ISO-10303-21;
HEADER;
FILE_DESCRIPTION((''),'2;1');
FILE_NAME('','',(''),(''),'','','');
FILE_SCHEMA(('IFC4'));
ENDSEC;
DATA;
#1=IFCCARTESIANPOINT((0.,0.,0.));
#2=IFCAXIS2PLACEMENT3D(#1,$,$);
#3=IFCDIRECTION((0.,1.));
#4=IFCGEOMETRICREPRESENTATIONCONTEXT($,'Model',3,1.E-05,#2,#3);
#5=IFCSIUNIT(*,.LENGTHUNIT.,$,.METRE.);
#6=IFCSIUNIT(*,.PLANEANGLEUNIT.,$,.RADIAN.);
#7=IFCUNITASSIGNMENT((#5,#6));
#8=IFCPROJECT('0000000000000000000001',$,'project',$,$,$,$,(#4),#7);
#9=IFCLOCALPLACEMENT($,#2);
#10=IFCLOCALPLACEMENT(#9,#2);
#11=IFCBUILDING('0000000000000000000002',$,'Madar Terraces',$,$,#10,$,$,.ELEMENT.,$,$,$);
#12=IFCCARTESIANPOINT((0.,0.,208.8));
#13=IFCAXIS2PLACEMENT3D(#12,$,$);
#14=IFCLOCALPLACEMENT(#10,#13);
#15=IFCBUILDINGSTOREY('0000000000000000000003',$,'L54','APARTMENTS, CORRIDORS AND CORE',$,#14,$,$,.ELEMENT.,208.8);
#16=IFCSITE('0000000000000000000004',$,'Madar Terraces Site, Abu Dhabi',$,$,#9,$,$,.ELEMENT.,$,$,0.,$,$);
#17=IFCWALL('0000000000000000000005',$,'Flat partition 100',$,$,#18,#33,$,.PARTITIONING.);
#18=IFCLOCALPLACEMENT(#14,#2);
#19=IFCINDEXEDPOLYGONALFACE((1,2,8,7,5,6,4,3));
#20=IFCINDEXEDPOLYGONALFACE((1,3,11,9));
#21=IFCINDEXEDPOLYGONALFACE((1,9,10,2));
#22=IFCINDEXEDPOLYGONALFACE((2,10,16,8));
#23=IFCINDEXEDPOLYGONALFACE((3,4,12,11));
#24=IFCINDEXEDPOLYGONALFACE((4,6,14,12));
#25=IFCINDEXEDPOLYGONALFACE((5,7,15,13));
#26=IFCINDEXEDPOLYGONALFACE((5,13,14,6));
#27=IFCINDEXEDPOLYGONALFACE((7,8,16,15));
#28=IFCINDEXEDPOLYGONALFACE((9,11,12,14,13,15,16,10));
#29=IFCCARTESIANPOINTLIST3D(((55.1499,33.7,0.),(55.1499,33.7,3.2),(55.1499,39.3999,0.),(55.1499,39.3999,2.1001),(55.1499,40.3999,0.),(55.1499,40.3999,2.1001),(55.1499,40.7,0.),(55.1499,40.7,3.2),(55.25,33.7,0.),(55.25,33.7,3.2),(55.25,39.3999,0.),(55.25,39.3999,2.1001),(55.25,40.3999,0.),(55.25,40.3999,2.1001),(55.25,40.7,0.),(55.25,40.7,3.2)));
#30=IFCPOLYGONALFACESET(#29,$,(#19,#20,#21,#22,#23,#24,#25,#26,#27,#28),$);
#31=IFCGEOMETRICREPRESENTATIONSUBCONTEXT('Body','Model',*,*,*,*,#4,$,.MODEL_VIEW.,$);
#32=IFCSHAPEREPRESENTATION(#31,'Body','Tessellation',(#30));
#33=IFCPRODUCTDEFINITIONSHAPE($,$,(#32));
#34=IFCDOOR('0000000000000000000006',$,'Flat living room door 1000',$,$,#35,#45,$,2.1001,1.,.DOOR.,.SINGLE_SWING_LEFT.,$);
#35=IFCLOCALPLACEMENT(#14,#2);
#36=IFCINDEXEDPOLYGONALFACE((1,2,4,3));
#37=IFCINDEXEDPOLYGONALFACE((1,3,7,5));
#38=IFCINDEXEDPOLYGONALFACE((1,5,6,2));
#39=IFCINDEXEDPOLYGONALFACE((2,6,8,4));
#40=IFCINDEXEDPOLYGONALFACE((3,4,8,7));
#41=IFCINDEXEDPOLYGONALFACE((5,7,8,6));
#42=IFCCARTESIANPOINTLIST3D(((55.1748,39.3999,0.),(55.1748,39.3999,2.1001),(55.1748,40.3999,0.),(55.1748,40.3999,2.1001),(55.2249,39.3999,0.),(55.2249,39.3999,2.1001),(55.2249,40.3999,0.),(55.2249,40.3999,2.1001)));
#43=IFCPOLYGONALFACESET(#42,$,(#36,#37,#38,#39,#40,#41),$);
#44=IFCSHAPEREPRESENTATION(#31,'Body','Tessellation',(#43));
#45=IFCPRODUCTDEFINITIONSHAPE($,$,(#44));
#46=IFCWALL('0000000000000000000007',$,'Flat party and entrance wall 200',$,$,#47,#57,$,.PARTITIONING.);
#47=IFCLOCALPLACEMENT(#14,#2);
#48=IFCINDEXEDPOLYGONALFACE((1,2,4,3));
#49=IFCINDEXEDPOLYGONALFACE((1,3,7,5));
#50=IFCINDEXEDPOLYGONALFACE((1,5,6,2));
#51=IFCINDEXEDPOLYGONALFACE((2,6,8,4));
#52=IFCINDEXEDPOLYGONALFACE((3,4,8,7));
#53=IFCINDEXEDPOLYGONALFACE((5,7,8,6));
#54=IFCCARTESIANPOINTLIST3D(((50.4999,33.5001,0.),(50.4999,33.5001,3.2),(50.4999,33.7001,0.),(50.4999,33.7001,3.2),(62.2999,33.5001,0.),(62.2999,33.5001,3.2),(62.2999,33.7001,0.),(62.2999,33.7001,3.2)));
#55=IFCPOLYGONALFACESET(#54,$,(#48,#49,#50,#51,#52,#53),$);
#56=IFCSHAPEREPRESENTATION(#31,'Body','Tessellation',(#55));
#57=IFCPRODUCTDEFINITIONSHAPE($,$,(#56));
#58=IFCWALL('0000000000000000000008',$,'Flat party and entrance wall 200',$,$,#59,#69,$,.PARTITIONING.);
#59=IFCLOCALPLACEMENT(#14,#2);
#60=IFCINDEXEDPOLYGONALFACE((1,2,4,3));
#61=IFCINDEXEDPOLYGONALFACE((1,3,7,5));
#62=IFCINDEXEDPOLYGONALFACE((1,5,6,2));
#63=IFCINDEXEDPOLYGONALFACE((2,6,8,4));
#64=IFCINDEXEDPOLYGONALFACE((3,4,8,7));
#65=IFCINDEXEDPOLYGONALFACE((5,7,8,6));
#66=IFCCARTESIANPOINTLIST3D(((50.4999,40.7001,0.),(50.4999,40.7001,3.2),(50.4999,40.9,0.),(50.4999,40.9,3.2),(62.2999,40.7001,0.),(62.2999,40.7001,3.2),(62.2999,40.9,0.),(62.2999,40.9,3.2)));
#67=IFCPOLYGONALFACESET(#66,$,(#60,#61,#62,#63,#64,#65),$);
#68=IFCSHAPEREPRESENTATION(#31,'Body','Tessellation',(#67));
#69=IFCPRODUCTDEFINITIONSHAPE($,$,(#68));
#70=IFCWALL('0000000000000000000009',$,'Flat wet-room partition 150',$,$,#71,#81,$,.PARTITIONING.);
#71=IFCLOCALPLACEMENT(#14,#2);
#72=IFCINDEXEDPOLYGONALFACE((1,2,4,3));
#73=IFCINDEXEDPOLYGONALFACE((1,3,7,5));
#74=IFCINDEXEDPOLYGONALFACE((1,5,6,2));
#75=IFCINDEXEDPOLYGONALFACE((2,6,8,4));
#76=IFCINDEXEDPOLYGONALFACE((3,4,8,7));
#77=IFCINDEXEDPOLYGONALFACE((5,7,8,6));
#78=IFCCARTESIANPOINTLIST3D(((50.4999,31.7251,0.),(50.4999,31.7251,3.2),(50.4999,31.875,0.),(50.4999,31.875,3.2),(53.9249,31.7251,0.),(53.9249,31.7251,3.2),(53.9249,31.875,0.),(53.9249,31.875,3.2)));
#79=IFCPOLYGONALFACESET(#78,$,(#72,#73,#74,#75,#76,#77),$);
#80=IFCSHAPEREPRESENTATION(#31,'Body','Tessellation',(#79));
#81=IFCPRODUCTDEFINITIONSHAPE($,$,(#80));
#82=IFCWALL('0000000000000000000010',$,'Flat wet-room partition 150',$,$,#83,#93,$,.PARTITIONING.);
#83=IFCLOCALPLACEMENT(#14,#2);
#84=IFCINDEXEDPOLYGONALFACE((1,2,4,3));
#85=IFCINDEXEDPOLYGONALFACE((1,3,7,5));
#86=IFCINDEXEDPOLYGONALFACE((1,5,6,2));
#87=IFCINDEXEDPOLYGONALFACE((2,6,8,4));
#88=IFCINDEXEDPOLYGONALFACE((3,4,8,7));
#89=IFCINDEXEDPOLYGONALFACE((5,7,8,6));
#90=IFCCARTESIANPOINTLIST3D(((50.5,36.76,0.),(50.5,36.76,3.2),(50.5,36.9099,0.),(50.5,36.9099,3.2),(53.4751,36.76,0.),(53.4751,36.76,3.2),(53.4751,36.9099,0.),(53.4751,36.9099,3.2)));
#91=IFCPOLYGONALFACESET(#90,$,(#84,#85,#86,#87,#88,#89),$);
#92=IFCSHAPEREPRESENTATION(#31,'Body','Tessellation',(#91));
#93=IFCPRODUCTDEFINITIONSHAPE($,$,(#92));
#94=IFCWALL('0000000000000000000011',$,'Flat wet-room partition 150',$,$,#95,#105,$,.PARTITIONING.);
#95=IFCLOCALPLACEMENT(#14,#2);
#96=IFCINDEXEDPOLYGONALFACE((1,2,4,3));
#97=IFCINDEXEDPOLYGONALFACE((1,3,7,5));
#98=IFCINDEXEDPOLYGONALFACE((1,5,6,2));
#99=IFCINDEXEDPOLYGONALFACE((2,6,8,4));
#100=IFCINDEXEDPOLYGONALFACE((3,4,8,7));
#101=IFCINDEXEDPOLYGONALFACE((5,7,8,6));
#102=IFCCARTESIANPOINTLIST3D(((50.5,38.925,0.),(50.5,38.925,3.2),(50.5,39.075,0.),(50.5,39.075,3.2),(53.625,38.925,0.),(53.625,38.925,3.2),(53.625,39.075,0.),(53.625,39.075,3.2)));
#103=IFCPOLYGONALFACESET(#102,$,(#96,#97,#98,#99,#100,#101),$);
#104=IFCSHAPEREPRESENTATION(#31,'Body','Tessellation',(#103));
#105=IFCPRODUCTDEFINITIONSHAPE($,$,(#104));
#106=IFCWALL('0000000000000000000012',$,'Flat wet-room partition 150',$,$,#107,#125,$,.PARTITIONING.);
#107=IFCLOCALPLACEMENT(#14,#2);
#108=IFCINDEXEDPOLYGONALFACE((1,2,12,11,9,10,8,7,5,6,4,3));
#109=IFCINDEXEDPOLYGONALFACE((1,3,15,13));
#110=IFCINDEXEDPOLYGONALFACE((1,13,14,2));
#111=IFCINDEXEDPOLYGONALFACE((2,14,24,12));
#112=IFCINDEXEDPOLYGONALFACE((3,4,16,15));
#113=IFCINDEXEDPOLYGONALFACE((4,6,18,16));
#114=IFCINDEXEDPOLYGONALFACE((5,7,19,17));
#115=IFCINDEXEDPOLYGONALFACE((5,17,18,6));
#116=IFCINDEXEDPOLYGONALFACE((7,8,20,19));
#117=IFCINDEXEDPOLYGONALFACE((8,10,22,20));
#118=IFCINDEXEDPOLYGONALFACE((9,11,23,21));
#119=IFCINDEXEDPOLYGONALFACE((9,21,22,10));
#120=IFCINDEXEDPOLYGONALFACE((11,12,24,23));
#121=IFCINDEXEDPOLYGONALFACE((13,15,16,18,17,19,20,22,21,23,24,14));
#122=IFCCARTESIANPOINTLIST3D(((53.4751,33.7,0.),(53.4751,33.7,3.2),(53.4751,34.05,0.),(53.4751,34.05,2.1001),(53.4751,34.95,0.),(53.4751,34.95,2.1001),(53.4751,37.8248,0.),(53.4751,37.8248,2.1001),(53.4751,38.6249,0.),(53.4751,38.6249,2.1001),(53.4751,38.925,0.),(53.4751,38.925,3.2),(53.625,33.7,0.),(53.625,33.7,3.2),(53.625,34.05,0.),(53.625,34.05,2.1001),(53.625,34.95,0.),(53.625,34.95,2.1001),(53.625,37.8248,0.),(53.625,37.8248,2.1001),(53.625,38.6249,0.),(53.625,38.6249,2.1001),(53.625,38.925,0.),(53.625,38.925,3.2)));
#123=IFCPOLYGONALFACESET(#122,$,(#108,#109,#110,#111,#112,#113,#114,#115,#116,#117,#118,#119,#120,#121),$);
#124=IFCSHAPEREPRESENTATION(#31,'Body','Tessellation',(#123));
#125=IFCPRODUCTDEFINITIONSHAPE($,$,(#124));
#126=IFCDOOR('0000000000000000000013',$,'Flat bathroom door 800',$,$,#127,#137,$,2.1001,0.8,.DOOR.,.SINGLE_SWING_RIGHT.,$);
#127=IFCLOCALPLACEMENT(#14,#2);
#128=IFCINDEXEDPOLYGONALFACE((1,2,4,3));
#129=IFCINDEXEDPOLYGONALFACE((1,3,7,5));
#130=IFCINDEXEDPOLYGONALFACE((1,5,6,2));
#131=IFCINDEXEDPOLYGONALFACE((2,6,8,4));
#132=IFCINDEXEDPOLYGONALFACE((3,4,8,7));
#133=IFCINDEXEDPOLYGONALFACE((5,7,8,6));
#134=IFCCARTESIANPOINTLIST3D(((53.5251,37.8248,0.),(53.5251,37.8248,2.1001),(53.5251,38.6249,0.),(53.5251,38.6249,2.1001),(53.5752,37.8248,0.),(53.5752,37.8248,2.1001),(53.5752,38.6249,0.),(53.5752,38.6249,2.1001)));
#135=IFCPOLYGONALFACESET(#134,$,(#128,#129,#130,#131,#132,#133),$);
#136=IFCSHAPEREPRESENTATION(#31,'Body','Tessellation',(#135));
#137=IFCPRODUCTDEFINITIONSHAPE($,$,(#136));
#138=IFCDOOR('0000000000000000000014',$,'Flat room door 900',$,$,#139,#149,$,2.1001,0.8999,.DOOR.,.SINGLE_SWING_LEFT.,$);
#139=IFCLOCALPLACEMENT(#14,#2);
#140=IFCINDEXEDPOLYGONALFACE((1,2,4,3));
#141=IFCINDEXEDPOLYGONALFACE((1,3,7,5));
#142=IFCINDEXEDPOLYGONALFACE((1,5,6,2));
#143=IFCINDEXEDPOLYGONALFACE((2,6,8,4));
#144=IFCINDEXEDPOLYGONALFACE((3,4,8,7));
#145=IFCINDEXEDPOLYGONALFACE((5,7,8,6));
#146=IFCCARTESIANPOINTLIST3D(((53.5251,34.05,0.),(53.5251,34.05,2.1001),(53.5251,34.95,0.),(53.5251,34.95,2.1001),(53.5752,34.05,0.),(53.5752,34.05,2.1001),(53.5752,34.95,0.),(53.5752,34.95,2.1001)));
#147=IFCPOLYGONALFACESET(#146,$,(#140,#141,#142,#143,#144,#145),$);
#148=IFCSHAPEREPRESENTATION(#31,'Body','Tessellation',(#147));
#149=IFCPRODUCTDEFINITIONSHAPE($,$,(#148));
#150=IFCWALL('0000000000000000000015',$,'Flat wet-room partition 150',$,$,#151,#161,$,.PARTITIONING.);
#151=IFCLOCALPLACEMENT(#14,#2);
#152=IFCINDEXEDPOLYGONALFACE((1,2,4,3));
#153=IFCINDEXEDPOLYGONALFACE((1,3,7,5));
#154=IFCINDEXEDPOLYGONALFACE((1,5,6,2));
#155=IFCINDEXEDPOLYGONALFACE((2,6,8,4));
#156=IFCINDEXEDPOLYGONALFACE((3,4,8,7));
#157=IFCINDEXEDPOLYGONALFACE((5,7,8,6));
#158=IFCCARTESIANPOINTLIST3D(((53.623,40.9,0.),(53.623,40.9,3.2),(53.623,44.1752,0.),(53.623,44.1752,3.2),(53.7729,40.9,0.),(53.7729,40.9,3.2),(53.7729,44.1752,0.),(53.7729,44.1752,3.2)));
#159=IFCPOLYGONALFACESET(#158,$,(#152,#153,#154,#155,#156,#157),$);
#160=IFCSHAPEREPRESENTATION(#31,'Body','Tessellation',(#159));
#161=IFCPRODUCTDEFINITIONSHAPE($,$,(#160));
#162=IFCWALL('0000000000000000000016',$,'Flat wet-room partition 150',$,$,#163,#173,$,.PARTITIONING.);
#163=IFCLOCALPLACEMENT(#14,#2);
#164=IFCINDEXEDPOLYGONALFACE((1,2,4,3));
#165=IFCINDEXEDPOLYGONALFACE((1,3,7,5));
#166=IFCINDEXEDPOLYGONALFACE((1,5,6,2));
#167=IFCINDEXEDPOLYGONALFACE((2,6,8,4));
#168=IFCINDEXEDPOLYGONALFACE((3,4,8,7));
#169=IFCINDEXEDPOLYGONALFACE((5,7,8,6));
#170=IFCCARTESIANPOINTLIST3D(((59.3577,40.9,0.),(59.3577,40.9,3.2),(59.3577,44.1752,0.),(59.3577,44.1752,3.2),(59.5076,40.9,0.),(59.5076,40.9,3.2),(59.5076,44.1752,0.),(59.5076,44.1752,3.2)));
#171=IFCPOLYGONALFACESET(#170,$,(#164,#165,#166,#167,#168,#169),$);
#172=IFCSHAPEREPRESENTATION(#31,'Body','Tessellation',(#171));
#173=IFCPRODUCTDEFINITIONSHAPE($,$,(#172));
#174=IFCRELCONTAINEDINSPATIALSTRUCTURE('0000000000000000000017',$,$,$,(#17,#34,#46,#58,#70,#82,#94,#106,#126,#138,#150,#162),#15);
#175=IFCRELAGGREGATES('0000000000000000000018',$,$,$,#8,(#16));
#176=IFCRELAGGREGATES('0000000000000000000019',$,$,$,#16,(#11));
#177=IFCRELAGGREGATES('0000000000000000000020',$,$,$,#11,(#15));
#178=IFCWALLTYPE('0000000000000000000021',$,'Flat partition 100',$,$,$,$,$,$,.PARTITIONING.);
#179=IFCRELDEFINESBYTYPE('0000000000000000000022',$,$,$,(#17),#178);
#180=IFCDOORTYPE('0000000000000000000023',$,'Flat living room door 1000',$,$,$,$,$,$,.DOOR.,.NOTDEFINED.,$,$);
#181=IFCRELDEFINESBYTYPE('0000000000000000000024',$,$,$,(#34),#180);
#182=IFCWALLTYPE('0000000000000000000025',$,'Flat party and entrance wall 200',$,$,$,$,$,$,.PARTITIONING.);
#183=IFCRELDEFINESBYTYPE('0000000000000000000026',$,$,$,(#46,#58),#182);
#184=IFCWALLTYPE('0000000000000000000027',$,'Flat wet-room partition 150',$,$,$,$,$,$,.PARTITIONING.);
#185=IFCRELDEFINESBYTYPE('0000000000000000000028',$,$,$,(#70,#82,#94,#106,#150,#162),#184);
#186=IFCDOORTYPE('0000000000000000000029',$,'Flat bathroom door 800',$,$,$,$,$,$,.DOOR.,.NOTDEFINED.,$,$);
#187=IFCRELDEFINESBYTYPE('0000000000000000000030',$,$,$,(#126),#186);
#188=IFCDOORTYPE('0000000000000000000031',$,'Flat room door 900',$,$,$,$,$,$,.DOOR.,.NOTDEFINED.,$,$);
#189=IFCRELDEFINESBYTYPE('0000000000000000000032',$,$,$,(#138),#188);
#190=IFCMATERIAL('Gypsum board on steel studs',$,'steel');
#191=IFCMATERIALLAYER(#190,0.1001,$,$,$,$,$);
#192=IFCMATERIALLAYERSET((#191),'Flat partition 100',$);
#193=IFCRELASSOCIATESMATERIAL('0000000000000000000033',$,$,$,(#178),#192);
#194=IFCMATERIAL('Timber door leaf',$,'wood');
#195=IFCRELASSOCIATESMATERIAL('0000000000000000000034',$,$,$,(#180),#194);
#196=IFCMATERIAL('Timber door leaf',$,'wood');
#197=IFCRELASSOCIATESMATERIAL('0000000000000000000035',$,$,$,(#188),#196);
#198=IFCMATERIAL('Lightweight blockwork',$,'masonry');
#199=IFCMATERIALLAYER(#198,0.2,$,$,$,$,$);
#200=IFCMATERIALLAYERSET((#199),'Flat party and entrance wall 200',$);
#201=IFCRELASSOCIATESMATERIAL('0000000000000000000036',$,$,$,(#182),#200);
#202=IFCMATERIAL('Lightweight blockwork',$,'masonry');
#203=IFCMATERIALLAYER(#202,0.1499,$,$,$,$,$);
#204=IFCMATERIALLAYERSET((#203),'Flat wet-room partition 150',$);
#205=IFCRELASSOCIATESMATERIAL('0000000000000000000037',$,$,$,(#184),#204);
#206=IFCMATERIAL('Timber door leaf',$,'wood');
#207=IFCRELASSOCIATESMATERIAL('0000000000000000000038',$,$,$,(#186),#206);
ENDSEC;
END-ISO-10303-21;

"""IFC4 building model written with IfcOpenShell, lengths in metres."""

from ifc_helpers import new_model, si_unit, direction, frame, frame_2d, origin, place, context, subcontext, project, spatial, rectangle, extrude, material, layer, layer_set, type_object, element, fill, save


model = new_model("IFC4")

# Units and contexts
model_context = context("Model", 3, precision=1e-05, world=origin(), true_north=direction((0.0, 1.0)))
body_context = subcontext(model_context, "Body", "Model", "MODEL_VIEW")
ifc_project = project(units=[si_unit("LENGTHUNIT", "METRE"), si_unit("PLANEANGLEUNIT", "RADIAN")], contexts=[model_context])

# Site, building, storey
site_placement = place(None, origin())
site = spatial("IfcSite", under=ifc_project, at=site_placement, Name="Madar Terraces Site, Abu Dhabi", CompositionType="ELEMENT", RefElevation=0.0)
building_placement = place(site_placement, origin())
building = spatial("IfcBuilding", under=site, at=building_placement, Name="Madar Terraces", CompositionType="ELEMENT")
storey_placement = place(building_placement, frame((0.0, 0.0, 208.8)))
storey = spatial("IfcBuildingStorey", under=building, at=storey_placement, Name="L54", Description="APARTMENTS, CORRIDORS AND CORE", CompositionType="ELEMENT", Elevation=208.8)

# Shared definitions
ifc_material_1 = material(Name="Gypsum board on steel studs", Category="steel")
ifc_layer_1 = layer(ifc_material_1, 0.1001)
ifc_layer_set_1 = layer_set([ifc_layer_1], Name="Flat partition 100")
wall_type_1 = type_object("IfcWallType", Name="Flat partition 100", PredefinedType="PARTITIONING", material=ifc_layer_set_1)
ifc_material_2 = material(Name="Timber door leaf", Category="wood")
door_type_1 = type_object("IfcDoorType", Name="Flat living room door 1000", OperationType="NOTDEFINED", PredefinedType="DOOR", material=ifc_material_2)
ifc_material_3 = material(Name="Timber door leaf", Category="wood")
door_type_2 = type_object("IfcDoorType", Name="Flat room door 900", OperationType="NOTDEFINED", PredefinedType="DOOR", material=ifc_material_3)

# Wall, opening, door
wall_1_placement = place(storey_placement, frame((55.2, 40.7, 0.0), z_axis=(0.0, 0.0, 1.0), x_axis=(0.0, -1.0, 0.0)))
wall_1 = element("IfcWall", 1, at=wall_1_placement, inside=storey, type_object=wall_type_1, Name="Flat partition 100", PredefinedType="PARTITIONING", context=body_context, shape_type="SweptSolid", body=[
    extrude(rectangle(XDim=7.0, YDim=0.1001, at=frame_2d((3.5, 0.0))), origin(), (0.0, 0.0, 1.0), 3.2),
])
opening_1_placement = place(wall_1_placement, frame((0.3, 0.0, 0.0)))
opening_1 = element("IfcOpeningElement", 2, at=opening_1_placement, cuts=wall_1, PredefinedType="OPENING", context=body_context, shape_type="SweptSolid", body=[
    extrude(rectangle(XDim=1.0, YDim=2.1001, at=frame_2d((0.5, 1.05))), frame((0.0, 0.0601, 0.0), z_axis=(0.0, -1.0, 0.0), x_axis=(1.0, 0.0, 0.0)), (0.0, 0.0, 1.0), 0.1201),
])
door_1_placement = place(opening_1_placement, origin())
door_1 = element("IfcDoor", 3, at=door_1_placement, inside=storey, type_object=door_type_1, Name="Flat living room door 1000", OperationType="SINGLE_SWING_LEFT", OverallHeight=2.1001, OverallWidth=1.0, PredefinedType="DOOR", context=body_context, shape_type="SweptSolid", body=[
    extrude(rectangle(XDim=1.0, YDim=2.1001, at=frame_2d((0.5, 1.05))), frame((0.0, 0.0249, 0.0), z_axis=(0.0, -1.0, 0.0), x_axis=(1.0, 0.0, 0.0)), (0.0, 0.0, 1.0), 0.05),
])
fill(opening_1, door_1)

# Walls
ifc_material_4 = material(Name="Lightweight blockwork", Category="masonry")
ifc_layer_2 = layer(ifc_material_4, 0.2)
ifc_layer_set_2 = layer_set([ifc_layer_2], Name="Flat party and entrance wall 200")
wall_type_2 = type_object("IfcWallType", Name="Flat party and entrance wall 200", PredefinedType="PARTITIONING", material=ifc_layer_set_2)
for number, where, z_axis, x_axis, name in (
    (4, (50.5, 33.6001, 0.0), (0.0, 0.0, 1.0), (1.0, 0.0, 0.0), "Flat party and entrance wall 200"),
    (5, (50.5, 40.8, 0.0), (0.0, 0.0, 1.0), (1.0, 0.0, 0.0), "Flat party and entrance wall 200"),
):
    element("IfcWall", number, at=place(storey_placement, frame(where, z_axis=z_axis, x_axis=x_axis)), inside=storey, type_object=wall_type_2, Name=name, PredefinedType="PARTITIONING", context=body_context, shape_type="SweptSolid", body=[
        extrude(rectangle(XDim=11.8, YDim=0.2, at=frame_2d((5.8999, 0.0))), origin(), (0.0, 0.0, 1.0), 3.2),
    ])
ifc_material_5 = material(Name="Lightweight blockwork", Category="masonry")
ifc_layer_3 = layer(ifc_material_5, 0.1499)
ifc_layer_set_3 = layer_set([ifc_layer_3], Name="Flat wet-room partition 150")
wall_type_3 = type_object("IfcWallType", Name="Flat wet-room partition 150", PredefinedType="PARTITIONING", material=ifc_layer_set_3)
wall_2_placement = place(storey_placement, frame((50.5, 31.8, 0.0), z_axis=(0.0, 0.0, 1.0), x_axis=(1.0, 0.0, 0.0)))
element("IfcWall", 6, at=wall_2_placement, inside=storey, type_object=wall_type_3, Name="Flat wet-room partition 150", PredefinedType="PARTITIONING", context=body_context, shape_type="SweptSolid", body=[
    extrude(rectangle(XDim=3.425, YDim=0.1499, at=frame_2d((1.7124, 0.0))), origin(), (0.0, 0.0, 1.0), 3.2),
])
wall_3_placement = place(storey_placement, frame((50.5, 36.835, 0.0), z_axis=(0.0, 0.0, 1.0), x_axis=(1.0, 0.0, 0.0)))
element("IfcWall", 7, at=wall_3_placement, inside=storey, type_object=wall_type_3, Name="Flat wet-room partition 150", PredefinedType="PARTITIONING", context=body_context, shape_type="SweptSolid", body=[
    extrude(rectangle(XDim=2.9751, YDim=0.1499, at=frame_2d((1.4875, 0.0))), origin(), (0.0, 0.0, 1.0), 3.2),
])
wall_4_placement = place(storey_placement, frame((50.5, 39.0, 0.0), z_axis=(0.0, 0.0, 1.0), x_axis=(1.0, 0.0, 0.0)))
element("IfcWall", 8, at=wall_4_placement, inside=storey, type_object=wall_type_3, Name="Flat wet-room partition 150", PredefinedType="PARTITIONING", context=body_context, shape_type="SweptSolid", body=[
    extrude(rectangle(XDim=3.125, YDim=0.1499, at=frame_2d((1.5625, 0.0))), origin(), (0.0, 0.0, 1.0), 3.2),
])

# Wall, openings, doors
wall_5_placement = place(storey_placement, frame((53.55, 33.7, 0.0), z_axis=(0.0, 0.0, 1.0), x_axis=(0.0, 1.0, 0.0)))
wall_5 = element("IfcWall", 9, at=wall_5_placement, inside=storey, type_object=wall_type_3, Name="Flat wet-room partition 150", PredefinedType="PARTITIONING", context=body_context, shape_type="SweptSolid", body=[
    extrude(rectangle(XDim=5.2251, YDim=0.1499, at=frame_2d((2.6125, 0.0))), origin(), (0.0, 0.0, 1.0), 3.2),
])
opening_2_placement = place(wall_5_placement, frame((4.125, 0.0, 0.0)))
opening_2 = element("IfcOpeningElement", 10, at=opening_2_placement, cuts=wall_5, PredefinedType="OPENING", context=body_context, shape_type="SweptSolid", body=[
    extrude(rectangle(XDim=0.8, YDim=2.1001, at=frame_2d((0.3999, 1.05))), frame((0.0, 0.085, 0.0), z_axis=(0.0, -1.0, 0.0), x_axis=(1.0, 0.0, 0.0)), (0.0, 0.0, 1.0), 0.1699),
])
opening_3_placement = place(wall_5_placement, frame((0.3501, 0.0, 0.0)))
opening_3 = element("IfcOpeningElement", 11, at=opening_3_placement, cuts=wall_5, PredefinedType="OPENING", context=body_context, shape_type="SweptSolid", body=[
    extrude(rectangle(XDim=0.8999, YDim=2.1001, at=frame_2d((0.45, 1.05))), frame((0.0, 0.085, 0.0), z_axis=(0.0, -1.0, 0.0), x_axis=(1.0, 0.0, 0.0)), (0.0, 0.0, 1.0), 0.1699),
])
ifc_material_6 = material(Name="Timber door leaf", Category="wood")
door_type_3 = type_object("IfcDoorType", Name="Flat bathroom door 800", OperationType="NOTDEFINED", PredefinedType="DOOR", material=ifc_material_6)
door_2_placement = place(opening_2_placement, origin())
door_2 = element("IfcDoor", 12, at=door_2_placement, inside=storey, type_object=door_type_3, Name="Flat bathroom door 800", OperationType="SINGLE_SWING_RIGHT", OverallHeight=2.1001, OverallWidth=0.8, PredefinedType="DOOR", context=body_context, shape_type="SweptSolid", body=[
    extrude(rectangle(XDim=0.8, YDim=2.1001, at=frame_2d((0.3999, 1.05))), frame((0.0, 0.0249, 0.0), z_axis=(0.0, -1.0, 0.0), x_axis=(1.0, 0.0, 0.0)), (0.0, 0.0, 1.0), 0.05),
])
fill(opening_2, door_2)
door_3_placement = place(opening_3_placement, origin())
door_3 = element("IfcDoor", 13, at=door_3_placement, inside=storey, type_object=door_type_2, Name="Flat room door 900", OperationType="SINGLE_SWING_LEFT", OverallHeight=2.1001, OverallWidth=0.8999, PredefinedType="DOOR", context=body_context, shape_type="SweptSolid", body=[
    extrude(rectangle(XDim=0.8999, YDim=2.1001, at=frame_2d((0.45, 1.05))), frame((0.0, 0.0249, 0.0), z_axis=(0.0, -1.0, 0.0), x_axis=(1.0, 0.0, 0.0)), (0.0, 0.0, 1.0), 0.05),
])
fill(opening_3, door_3)

# Walls
for number, where, z_axis, x_axis, name in (
    (14, (53.698, 40.8999, 0.0), (0.0, 0.0, 1.0), (0.0, 1.0, 0.0), "Flat wet-room partition 150"),
    (15, (59.4326, 40.8999, 0.0), (0.0, 0.0, 1.0), (0.0, 1.0, 0.0), "Flat wet-room partition 150"),
):
    element("IfcWall", number, at=place(storey_placement, frame(where, z_axis=z_axis, x_axis=x_axis)), inside=storey, type_object=wall_type_3, Name=name, PredefinedType="PARTITIONING", context=body_context, shape_type="SweptSolid", body=[
        extrude(rectangle(XDim=3.2751, YDim=0.1499, at=frame_2d((1.6377, 0.0))), origin(), (0.0, 0.0, 1.0), 3.2),
    ])

save(model, "model.ifc")
